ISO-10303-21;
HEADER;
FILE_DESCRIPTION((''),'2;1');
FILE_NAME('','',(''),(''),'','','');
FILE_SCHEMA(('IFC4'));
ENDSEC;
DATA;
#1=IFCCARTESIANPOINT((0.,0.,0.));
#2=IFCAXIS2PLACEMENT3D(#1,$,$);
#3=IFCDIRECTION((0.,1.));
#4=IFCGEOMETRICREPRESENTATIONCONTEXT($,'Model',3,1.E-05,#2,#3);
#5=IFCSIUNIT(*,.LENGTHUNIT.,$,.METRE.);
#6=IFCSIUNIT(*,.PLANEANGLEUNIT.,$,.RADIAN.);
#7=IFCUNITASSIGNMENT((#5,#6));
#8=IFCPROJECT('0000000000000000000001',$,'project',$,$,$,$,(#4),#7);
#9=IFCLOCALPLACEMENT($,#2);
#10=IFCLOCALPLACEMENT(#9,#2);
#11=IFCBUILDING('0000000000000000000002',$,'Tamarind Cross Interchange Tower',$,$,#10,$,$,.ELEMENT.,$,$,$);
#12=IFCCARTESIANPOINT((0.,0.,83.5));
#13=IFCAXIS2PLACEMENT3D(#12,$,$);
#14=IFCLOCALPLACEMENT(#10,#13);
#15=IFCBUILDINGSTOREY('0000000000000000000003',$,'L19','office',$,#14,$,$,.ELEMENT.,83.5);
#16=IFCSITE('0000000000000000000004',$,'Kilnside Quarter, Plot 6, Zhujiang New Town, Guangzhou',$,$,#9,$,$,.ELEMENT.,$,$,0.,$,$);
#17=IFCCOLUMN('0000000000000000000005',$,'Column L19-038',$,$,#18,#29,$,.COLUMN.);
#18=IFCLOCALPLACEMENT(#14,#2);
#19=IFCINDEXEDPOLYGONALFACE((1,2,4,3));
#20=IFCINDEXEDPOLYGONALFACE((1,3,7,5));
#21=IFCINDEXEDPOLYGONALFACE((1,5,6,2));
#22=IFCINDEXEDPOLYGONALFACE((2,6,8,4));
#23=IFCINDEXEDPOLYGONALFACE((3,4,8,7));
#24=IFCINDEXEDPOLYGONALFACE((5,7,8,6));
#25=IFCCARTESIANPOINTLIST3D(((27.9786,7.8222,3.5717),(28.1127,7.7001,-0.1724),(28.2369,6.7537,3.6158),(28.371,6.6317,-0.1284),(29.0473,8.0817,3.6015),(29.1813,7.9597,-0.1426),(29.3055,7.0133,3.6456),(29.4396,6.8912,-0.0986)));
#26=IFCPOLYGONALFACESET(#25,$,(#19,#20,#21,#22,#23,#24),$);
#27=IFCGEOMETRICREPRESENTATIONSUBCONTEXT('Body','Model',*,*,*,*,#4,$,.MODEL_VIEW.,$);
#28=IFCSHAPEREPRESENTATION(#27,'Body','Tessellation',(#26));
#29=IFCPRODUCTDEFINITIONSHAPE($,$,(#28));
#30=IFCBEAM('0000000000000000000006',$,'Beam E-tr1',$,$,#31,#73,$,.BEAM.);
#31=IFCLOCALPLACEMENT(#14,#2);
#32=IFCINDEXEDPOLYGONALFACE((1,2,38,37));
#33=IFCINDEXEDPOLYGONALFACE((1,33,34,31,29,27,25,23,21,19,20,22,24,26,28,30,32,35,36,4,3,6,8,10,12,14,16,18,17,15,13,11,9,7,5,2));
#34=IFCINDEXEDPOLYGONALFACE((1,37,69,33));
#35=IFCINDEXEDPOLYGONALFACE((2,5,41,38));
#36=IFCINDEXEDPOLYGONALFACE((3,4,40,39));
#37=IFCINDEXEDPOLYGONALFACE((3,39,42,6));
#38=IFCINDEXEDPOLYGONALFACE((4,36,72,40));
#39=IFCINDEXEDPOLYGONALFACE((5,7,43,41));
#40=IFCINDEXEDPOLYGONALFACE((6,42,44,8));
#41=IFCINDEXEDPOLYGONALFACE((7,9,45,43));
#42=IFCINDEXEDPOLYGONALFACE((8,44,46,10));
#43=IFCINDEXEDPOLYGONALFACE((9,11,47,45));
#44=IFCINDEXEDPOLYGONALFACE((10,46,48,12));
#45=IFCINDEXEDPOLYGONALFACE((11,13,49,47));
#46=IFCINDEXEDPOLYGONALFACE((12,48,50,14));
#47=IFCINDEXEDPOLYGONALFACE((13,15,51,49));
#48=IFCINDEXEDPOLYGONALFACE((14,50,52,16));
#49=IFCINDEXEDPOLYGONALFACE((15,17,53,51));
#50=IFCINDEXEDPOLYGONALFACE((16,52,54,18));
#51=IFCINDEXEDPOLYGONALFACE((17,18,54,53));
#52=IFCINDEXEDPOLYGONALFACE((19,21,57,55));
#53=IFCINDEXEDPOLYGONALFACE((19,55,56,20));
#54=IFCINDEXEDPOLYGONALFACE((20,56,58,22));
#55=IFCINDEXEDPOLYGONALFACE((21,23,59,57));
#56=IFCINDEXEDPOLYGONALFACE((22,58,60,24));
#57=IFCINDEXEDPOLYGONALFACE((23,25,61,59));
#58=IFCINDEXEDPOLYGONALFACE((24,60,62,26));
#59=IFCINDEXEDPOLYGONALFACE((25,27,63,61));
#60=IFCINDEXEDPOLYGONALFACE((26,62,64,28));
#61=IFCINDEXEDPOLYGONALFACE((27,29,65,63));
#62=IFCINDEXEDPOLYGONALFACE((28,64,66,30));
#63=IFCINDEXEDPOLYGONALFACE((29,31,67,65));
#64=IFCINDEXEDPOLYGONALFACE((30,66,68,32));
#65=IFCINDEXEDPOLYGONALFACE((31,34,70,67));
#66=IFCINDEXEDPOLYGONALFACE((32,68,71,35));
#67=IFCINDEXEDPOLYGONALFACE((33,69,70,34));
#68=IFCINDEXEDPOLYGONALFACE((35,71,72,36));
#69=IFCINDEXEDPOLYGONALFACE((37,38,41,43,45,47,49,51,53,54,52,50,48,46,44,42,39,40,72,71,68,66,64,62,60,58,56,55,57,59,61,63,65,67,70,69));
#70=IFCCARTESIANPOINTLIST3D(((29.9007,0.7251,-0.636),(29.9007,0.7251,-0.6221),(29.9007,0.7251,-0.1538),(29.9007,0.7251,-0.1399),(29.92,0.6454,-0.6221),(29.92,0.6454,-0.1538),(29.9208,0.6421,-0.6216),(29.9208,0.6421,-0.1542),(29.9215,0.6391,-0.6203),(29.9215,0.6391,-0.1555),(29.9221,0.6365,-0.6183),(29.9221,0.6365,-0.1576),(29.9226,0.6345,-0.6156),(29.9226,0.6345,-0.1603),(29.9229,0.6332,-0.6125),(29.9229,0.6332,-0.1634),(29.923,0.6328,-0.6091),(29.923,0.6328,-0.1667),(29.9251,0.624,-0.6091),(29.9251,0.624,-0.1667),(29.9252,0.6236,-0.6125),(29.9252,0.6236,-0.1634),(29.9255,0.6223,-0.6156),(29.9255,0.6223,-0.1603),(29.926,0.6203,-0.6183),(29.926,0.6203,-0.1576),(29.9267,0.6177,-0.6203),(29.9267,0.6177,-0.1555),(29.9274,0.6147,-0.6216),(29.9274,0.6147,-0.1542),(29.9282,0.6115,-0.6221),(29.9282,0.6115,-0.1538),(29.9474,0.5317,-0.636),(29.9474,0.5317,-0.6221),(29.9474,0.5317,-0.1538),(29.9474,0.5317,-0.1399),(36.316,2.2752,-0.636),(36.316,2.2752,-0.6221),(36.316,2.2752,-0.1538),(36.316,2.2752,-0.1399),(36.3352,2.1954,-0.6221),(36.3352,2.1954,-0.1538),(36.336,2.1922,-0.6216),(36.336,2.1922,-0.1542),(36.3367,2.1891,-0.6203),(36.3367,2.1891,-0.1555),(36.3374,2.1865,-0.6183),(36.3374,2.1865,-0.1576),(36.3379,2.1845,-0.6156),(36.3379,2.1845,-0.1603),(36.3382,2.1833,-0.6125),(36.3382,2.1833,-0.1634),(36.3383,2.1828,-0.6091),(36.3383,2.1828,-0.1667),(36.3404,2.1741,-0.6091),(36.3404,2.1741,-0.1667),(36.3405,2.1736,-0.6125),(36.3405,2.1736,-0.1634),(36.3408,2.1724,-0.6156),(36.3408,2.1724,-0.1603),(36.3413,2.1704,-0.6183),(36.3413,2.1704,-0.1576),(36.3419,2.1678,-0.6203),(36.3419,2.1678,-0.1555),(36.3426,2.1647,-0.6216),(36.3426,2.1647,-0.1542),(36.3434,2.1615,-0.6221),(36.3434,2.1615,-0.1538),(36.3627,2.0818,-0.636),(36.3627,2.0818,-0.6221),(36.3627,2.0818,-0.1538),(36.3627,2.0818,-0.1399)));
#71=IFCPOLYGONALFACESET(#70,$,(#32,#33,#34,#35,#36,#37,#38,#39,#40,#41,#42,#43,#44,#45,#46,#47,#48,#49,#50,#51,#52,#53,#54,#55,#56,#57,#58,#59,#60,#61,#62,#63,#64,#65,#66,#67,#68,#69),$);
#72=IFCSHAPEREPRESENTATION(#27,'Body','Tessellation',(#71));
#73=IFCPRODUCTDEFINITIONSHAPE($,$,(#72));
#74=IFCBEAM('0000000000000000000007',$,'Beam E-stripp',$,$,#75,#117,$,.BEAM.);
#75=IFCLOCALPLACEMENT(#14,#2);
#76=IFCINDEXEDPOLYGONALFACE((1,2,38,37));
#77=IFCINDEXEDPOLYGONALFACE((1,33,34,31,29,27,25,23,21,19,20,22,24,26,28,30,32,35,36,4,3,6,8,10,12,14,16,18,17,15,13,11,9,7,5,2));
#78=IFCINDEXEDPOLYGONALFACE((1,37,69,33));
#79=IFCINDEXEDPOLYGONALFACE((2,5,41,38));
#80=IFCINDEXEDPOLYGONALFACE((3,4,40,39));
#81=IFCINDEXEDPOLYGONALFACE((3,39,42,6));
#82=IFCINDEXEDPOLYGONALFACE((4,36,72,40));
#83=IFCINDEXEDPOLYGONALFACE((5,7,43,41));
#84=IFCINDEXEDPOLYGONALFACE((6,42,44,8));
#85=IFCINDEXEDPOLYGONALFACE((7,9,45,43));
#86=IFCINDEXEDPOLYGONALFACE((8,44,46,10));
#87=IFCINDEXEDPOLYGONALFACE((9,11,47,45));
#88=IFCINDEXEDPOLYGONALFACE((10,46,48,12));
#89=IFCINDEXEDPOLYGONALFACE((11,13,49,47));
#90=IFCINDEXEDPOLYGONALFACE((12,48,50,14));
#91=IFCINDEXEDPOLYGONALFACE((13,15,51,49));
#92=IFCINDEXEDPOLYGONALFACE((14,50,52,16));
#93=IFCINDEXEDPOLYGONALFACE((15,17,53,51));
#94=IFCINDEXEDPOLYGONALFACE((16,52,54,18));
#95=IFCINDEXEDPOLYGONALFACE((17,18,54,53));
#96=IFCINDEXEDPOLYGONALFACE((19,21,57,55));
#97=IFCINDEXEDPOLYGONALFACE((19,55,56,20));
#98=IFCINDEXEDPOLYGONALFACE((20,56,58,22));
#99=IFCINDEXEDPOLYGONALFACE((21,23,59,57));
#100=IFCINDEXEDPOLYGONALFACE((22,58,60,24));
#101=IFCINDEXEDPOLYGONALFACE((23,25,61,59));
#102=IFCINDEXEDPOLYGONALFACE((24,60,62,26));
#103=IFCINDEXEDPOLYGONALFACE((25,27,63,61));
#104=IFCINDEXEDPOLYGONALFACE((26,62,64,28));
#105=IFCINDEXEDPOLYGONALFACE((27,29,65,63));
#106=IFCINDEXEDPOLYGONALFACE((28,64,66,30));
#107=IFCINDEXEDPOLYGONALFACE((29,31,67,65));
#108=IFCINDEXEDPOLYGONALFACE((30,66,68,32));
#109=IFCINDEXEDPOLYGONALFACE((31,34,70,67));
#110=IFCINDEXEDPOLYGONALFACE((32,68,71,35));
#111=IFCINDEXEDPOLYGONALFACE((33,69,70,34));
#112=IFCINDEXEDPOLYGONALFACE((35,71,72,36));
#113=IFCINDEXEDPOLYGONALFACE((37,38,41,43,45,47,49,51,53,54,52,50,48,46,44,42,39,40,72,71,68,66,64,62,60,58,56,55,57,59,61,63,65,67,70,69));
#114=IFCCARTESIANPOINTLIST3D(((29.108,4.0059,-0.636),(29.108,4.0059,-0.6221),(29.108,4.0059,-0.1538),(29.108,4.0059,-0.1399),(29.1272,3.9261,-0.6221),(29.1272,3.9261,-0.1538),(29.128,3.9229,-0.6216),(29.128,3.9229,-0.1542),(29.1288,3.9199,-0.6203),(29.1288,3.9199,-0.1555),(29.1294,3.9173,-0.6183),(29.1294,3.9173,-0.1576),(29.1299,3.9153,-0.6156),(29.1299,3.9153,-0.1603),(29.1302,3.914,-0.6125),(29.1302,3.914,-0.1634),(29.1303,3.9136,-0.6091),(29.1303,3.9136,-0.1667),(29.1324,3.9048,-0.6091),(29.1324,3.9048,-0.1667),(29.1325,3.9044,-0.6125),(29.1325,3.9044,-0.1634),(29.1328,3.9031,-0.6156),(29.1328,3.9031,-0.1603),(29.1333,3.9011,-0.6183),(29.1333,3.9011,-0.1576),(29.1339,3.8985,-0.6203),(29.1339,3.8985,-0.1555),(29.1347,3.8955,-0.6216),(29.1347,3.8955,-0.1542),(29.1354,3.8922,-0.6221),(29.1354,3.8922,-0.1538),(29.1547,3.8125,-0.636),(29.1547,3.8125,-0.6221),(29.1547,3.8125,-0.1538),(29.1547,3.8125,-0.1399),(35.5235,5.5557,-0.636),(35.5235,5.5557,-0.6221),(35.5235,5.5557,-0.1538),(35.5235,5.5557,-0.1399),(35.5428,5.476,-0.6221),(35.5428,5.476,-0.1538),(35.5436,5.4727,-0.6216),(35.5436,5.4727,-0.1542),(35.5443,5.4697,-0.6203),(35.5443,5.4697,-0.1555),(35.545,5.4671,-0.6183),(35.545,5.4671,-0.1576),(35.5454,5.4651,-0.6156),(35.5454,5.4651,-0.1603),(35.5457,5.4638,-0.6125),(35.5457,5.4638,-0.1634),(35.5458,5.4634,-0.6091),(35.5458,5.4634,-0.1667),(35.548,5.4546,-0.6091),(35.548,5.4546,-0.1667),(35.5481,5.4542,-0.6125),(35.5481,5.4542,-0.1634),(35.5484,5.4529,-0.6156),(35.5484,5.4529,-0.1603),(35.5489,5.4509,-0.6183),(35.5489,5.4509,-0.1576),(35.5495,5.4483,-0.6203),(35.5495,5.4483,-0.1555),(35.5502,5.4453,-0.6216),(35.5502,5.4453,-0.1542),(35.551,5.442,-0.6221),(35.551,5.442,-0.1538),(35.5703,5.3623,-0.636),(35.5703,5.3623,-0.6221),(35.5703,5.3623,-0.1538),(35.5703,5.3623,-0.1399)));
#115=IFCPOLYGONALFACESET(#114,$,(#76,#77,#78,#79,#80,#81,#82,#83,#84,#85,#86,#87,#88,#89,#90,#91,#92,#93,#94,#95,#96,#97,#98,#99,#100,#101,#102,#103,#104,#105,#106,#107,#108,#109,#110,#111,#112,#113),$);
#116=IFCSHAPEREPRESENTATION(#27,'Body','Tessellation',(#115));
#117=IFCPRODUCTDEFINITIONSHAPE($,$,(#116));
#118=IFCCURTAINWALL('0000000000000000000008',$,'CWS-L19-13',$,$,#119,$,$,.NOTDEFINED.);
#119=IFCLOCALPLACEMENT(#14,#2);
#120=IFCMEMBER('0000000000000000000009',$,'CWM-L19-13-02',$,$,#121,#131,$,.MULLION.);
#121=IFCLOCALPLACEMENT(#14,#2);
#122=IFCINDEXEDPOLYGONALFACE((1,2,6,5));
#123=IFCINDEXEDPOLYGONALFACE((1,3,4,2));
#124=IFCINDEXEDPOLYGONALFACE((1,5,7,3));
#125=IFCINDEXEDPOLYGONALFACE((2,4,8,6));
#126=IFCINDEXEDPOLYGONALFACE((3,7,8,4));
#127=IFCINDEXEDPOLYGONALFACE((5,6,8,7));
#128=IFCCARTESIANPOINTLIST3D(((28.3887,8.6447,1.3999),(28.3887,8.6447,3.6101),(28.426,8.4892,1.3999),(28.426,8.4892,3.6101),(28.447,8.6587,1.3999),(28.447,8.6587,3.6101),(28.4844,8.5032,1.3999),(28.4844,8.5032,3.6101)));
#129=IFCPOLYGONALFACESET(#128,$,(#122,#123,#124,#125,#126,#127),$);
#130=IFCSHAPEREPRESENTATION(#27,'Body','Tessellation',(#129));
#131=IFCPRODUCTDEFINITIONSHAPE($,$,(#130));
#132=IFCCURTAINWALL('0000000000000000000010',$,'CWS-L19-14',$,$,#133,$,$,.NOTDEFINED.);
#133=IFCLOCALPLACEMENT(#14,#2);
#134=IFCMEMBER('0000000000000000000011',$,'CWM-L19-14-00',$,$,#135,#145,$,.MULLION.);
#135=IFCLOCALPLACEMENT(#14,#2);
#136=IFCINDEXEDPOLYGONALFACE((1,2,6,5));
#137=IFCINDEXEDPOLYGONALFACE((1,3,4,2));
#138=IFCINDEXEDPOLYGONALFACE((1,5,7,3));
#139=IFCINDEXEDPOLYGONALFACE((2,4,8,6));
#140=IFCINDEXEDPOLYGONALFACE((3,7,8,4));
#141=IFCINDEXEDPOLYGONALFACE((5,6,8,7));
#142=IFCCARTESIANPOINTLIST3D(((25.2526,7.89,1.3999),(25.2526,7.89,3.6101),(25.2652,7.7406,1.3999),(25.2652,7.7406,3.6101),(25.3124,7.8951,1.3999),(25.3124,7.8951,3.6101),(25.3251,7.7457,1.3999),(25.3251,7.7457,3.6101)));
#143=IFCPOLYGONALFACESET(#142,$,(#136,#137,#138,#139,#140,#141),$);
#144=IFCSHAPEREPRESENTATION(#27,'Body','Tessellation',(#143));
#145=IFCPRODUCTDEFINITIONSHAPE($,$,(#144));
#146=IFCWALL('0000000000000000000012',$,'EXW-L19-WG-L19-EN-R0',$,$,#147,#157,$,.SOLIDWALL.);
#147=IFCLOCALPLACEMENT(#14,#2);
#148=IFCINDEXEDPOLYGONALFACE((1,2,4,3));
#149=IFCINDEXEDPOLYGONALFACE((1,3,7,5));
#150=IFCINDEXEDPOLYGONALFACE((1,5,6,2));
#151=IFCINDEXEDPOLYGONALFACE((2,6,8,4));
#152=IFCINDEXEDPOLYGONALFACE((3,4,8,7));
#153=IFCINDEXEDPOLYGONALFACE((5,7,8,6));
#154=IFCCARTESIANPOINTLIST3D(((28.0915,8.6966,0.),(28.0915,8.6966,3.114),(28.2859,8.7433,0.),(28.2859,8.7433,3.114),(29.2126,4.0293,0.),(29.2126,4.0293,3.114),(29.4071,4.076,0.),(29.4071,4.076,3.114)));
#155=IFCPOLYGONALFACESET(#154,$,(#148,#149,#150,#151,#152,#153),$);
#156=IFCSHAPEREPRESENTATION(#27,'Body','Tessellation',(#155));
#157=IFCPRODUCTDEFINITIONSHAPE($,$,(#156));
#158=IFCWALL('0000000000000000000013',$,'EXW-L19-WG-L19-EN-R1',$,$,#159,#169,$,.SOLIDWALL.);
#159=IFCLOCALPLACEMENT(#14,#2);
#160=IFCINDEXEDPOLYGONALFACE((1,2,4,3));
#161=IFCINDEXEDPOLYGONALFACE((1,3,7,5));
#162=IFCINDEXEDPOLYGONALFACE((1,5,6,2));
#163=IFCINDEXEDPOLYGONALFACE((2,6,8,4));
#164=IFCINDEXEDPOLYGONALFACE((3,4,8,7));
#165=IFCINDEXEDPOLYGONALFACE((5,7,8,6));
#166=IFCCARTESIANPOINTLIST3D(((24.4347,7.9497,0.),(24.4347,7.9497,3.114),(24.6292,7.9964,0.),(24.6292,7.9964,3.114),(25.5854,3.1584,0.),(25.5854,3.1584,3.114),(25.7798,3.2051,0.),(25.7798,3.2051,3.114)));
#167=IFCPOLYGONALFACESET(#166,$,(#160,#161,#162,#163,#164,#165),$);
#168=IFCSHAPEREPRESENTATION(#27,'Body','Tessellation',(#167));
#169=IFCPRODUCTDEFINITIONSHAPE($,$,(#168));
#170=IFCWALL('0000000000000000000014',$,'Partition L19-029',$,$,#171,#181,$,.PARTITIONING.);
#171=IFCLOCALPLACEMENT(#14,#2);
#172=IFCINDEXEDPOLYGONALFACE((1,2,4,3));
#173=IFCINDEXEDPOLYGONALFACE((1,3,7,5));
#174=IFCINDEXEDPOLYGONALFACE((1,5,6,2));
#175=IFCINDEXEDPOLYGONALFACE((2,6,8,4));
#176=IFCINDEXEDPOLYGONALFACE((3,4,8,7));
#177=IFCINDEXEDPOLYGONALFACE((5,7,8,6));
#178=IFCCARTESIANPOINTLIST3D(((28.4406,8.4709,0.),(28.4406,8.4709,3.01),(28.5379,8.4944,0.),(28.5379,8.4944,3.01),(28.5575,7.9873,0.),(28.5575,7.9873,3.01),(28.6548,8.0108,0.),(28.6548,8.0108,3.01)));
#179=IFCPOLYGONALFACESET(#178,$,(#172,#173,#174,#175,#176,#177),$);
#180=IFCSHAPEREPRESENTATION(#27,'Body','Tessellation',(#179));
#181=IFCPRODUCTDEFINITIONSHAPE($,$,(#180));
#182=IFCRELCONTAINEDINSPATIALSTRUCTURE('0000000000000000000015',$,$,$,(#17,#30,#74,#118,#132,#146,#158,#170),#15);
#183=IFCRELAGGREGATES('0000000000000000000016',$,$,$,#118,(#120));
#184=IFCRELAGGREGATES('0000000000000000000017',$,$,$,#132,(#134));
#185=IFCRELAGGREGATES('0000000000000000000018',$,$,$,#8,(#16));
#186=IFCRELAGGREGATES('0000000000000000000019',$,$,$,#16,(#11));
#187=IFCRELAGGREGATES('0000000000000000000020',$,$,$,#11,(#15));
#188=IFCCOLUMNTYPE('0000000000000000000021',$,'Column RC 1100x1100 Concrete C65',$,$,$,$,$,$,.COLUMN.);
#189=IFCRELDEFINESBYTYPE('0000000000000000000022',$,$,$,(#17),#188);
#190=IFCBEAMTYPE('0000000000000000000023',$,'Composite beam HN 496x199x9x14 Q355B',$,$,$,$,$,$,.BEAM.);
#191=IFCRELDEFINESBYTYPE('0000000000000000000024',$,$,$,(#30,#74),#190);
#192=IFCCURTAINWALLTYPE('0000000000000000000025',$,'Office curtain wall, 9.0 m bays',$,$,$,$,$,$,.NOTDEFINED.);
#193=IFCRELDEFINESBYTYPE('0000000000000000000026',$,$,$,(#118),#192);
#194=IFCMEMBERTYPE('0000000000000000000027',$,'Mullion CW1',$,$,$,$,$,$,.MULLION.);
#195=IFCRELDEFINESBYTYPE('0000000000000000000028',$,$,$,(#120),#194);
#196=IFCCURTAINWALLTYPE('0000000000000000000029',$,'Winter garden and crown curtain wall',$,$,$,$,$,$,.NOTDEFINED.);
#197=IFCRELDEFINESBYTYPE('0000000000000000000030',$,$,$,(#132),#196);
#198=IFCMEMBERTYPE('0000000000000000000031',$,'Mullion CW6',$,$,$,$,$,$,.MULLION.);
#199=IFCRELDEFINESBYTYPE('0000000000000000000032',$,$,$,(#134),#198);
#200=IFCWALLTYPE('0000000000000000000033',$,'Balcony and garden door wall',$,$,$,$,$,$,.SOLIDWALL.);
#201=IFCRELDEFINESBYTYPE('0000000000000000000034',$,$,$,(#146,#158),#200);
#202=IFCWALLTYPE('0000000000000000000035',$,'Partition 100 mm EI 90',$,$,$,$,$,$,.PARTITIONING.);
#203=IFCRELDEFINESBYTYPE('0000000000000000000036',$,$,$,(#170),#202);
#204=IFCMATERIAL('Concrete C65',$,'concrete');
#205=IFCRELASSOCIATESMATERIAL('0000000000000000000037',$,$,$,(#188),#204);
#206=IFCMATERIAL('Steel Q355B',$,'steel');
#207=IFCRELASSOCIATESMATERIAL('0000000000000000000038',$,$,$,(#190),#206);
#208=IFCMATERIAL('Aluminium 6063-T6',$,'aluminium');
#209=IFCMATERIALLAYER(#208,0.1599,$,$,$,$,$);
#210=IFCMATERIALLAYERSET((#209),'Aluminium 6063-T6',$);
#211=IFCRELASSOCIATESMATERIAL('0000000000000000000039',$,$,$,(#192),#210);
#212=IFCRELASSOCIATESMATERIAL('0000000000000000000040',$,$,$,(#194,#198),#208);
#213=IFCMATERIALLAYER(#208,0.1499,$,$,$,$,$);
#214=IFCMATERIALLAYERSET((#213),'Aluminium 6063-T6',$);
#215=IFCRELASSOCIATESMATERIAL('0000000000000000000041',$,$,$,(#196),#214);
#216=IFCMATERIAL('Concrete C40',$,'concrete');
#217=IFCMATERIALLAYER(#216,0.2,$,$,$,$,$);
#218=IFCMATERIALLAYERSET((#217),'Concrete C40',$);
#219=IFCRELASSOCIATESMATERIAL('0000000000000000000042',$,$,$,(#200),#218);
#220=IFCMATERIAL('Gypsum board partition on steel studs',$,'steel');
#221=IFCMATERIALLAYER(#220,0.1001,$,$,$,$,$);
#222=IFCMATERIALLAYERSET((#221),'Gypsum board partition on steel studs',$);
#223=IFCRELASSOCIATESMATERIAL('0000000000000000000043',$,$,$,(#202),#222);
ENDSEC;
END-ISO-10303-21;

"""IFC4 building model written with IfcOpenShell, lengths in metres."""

from ifc_helpers import new_model, si_unit, direction, frame, frame_2d, origin, origin_2d, place, context, subcontext, project, spatial, rectangle, i_section, extrude, material, layer, layer_set, material_profile, profile_set, type_object, element, aggregate, save


model = new_model("IFC4")

# Units and contexts
model_context = context("Model", 3, precision=1e-05, world=origin(), true_north=direction((0.0, 1.0)))
body_context = subcontext(model_context, "Body", "Model", "MODEL_VIEW")
ifc_project = project(units=[si_unit("LENGTHUNIT", "METRE"), si_unit("PLANEANGLEUNIT", "RADIAN")], contexts=[model_context])

# Site, building, storey
site_placement = place(None, origin())
site = spatial("IfcSite", under=ifc_project, at=site_placement, Name="Kilnside Quarter, Plot 6, Zhujiang New Town, Guangzhou", CompositionType="ELEMENT", RefElevation=0.0)
building_placement = place(site_placement, origin())
building = spatial("IfcBuilding", under=site, at=building_placement, Name="Tamarind Cross Interchange Tower", CompositionType="ELEMENT")
storey_placement = place(building_placement, frame((0.0, 0.0, 83.5)))
storey = spatial("IfcBuildingStorey", under=building, at=storey_placement, Name="L19", Description="office", CompositionType="ELEMENT", Elevation=83.5)

# Column
ifc_material_1 = material(Name="Concrete C65", Category="concrete")
ifc_material_profile_1 = material_profile(ifc_material_1, rectangle(XDim=1.1001, YDim=1.1001, at=origin_2d()), Name="RC 1100x1100")
ifc_profile_set_1 = profile_set([ifc_material_profile_1], Name="Concrete C65")
column_type = type_object("IfcColumnType", Name="Column RC 1100x1100 Concrete C65", PredefinedType="COLUMN", material=ifc_profile_set_1)
column_placement = place(storey_placement, frame((28.7761, 7.2957, -0.1355), z_axis=(-0.035756, 0.032565, 0.99883), x_axis=(0.234791, -0.97122, 0.04007)))
element("IfcColumn", 1, at=column_placement, inside=storey, type_object=column_type, Name="Column L19-038", PredefinedType="COLUMN", context=body_context, shape_type="SweptSolid", body=[
    extrude(rectangle(XDim=1.1001, YDim=1.1001, at=origin_2d()), origin(), (0.0, 0.0, 1.0), 3.7485),
])

# Beams
ifc_material_2 = material(Name="Steel Q355B", Category="steel")
ifc_material_profile_2 = material_profile(ifc_material_2, i_section(OverallWidth=0.199, OverallDepth=0.4961, WebThickness=0.009, FlangeThickness=0.0139, FilletRadius=0.0129, at=origin_2d()), Name="HN 496x199x9x14")
ifc_profile_set_2 = profile_set([ifc_material_profile_2], Name="Steel Q355B")
beam_type = type_object("IfcBeamType", Name="Composite beam HN 496x199x9x14 Q355B", PredefinedType="BEAM", material=ifc_profile_set_2)
beam_1_placement = place(storey_placement, frame((29.9241, 0.6284, -0.3879), z_axis=(0.972029, 0.23486, 0.0), x_axis=(-0.23486, 0.972029, 0.0)))
element("IfcBeam", 2, at=beam_1_placement, inside=storey, type_object=beam_type, Name="Beam E-tr1", PredefinedType="BEAM", context=body_context, shape_type="SweptSolid", body=[
    extrude(i_section(OverallWidth=0.199, OverallDepth=0.4961, WebThickness=0.009, FlangeThickness=0.0139, FilletRadius=0.0129, at=origin_2d()), origin(), (0.0, 0.0, 1.0), 6.5999),
])
beam_2_placement = place(storey_placement, frame((29.1313, 3.9092, -0.3879), z_axis=(0.97204, 0.234817, 0.0), x_axis=(-0.234817, 0.97204, 0.0)))
element("IfcBeam", 3, at=beam_2_placement, inside=storey, type_object=beam_type, Name="Beam E-stripp", PredefinedType="BEAM", context=body_context, shape_type="SweptSolid", body=[
    extrude(i_section(OverallWidth=0.199, OverallDepth=0.4961, WebThickness=0.009, FlangeThickness=0.0139, FilletRadius=0.0129, at=origin_2d()), origin(), (0.0, 0.0, 1.0), 6.6001),
])

# Curtain walls, members
ifc_material_3 = material(Name="Aluminium 6063-T6", Category="aluminium")
ifc_layer_1 = layer(ifc_material_3, 0.1599)
ifc_layer_set_1 = layer_set([ifc_layer_1], Name="Aluminium 6063-T6")
curtain_wall_type_1 = type_object("IfcCurtainWallType", Name="Office curtain wall, 9.0 m bays", PredefinedType="NOTDEFINED", material=ifc_layer_set_1)
curtain_wall_1_placement = place(storey_placement, origin())
curtain_wall_1 = element("IfcCurtainWall", 4, at=curtain_wall_1_placement, inside=storey, type_object=curtain_wall_type_1, Name="CWS-L19-13", PredefinedType="NOTDEFINED")
ifc_material_profile_3 = material_profile(ifc_material_3, rectangle(XDim=0.0601, YDim=0.1599, at=origin_2d()), Name="Mullion CW1")
ifc_profile_set_3 = profile_set([ifc_material_profile_3], Name="Aluminium 6063-T6")
member_type_1 = type_object("IfcMemberType", Name="Mullion CW1", PredefinedType="MULLION", material=ifc_profile_set_3)
member_1_placement = place(storey_placement, frame((28.4365, 8.574, 1.3999), z_axis=(0.0, 0.0, 1.0), x_axis=(-0.972346, -0.233544, 0.0)))
member_1 = element("IfcMember", 5, at=member_1_placement, type_object=member_type_1, Name="CWM-L19-13-02", PredefinedType="MULLION", context=body_context, shape_type="SweptSolid", body=[
    extrude(rectangle(XDim=0.0601, YDim=0.1599, at=origin_2d()), origin(), (0.0, 0.0, 1.0), 2.2102),
])
aggregate(curtain_wall_1, [member_1])
ifc_layer_2 = layer(ifc_material_3, 0.1499)
ifc_layer_set_2 = layer_set([ifc_layer_2], Name="Aluminium 6063-T6")
curtain_wall_type_2 = type_object("IfcCurtainWallType", Name="Winter garden and crown curtain wall", PredefinedType="NOTDEFINED", material=ifc_layer_set_2)
curtain_wall_2_placement = place(storey_placement, origin())
curtain_wall_2 = element("IfcCurtainWall", 6, at=curtain_wall_2_placement, inside=storey, type_object=curtain_wall_type_2, Name="CWS-L19-14", PredefinedType="NOTDEFINED")
ifc_material_profile_4 = material_profile(ifc_material_3, rectangle(XDim=0.0601, YDim=0.1499, at=origin_2d()), Name="Mullion CW6")
ifc_profile_set_4 = profile_set([ifc_material_profile_4], Name="Aluminium 6063-T6")
member_type_2 = type_object("IfcMemberType", Name="Mullion CW6", PredefinedType="MULLION", material=ifc_profile_set_4)
member_2_placement = place(storey_placement, frame((25.2888, 7.8179, 1.3999), z_axis=(0.0, 0.0, 1.0), x_axis=(-0.996411, -0.084647, 0.0)))
member_2 = element("IfcMember", 7, at=member_2_placement, type_object=member_type_2, Name="CWM-L19-14-00", PredefinedType="MULLION", context=body_context, shape_type="SweptSolid", body=[
    extrude(rectangle(XDim=0.0601, YDim=0.1499, at=origin_2d()), origin(), (0.0, 0.0, 1.0), 2.2102),
])
aggregate(curtain_wall_2, [member_2])

# Shared definitions
ifc_material_4 = material(Name="Concrete C40", Category="concrete")
ifc_layer_3 = layer(ifc_material_4, 0.2)
ifc_layer_set_3 = layer_set([ifc_layer_3], Name="Concrete C40")
wall_type_1 = type_object("IfcWallType", Name="Balcony and garden door wall", PredefinedType="SOLIDWALL", material=ifc_layer_set_3)

# Walls
wall_1_placement = place(storey_placement, frame((29.3098, 4.0527, 0.0), z_axis=(0.0, 0.0, 1.0), x_axis=(-0.233561, 0.972342, 0.0)))
element("IfcWall", 8, at=wall_1_placement, inside=storey, type_object=wall_type_1, Name="EXW-L19-WG-L19-EN-R0", PredefinedType="SOLIDWALL", context=body_context, shape_type="SweptSolid", body=[
    extrude(rectangle(XDim=4.8, YDim=0.2, at=frame_2d((2.3999, 0.0))), origin(), (0.0, 0.0, 1.0), 3.114),
])
wall_2_placement = place(storey_placement, frame((25.6826, 3.1816, 0.0), z_axis=(0.0, 0.0, 1.0), x_axis=(-0.233513, 0.972354, 0.0)))
element("IfcWall", 9, at=wall_2_placement, inside=storey, type_object=wall_type_1, Name="EXW-L19-WG-L19-EN-R1", PredefinedType="SOLIDWALL", context=body_context, shape_type="SweptSolid", body=[
    extrude(rectangle(XDim=4.9275, YDim=0.2, at=frame_2d((2.4639, 0.0))), origin(), (0.0, 0.0, 1.0), 3.114),
])
ifc_material_5 = material(Name="Gypsum board partition on steel studs", Category="steel")
ifc_layer_4 = layer(ifc_material_5, 0.1001)
ifc_layer_set_4 = layer_set([ifc_layer_4], Name="Gypsum board partition on steel studs")
wall_type_2 = type_object("IfcWallType", Name="Partition 100 mm EI 90", PredefinedType="PARTITIONING", material=ifc_layer_set_4)
wall_3_placement = place(storey_placement, frame((28.4893, 8.4827, 0.0), z_axis=(0.0, 0.0, 1.0), x_axis=(0.235024, -0.97199, 0.0)))
element("IfcWall", 10, at=wall_3_placement, inside=storey, type_object=wall_type_2, Name="Partition L19-029", PredefinedType="PARTITIONING", context=body_context, shape_type="SweptSolid", body=[
    extrude(rectangle(XDim=0.4976, YDim=0.1001, at=frame_2d((0.2488, 0.0))), origin(), (0.0, 0.0, 1.0), 3.01),
])

save(model, "model.ifc")
